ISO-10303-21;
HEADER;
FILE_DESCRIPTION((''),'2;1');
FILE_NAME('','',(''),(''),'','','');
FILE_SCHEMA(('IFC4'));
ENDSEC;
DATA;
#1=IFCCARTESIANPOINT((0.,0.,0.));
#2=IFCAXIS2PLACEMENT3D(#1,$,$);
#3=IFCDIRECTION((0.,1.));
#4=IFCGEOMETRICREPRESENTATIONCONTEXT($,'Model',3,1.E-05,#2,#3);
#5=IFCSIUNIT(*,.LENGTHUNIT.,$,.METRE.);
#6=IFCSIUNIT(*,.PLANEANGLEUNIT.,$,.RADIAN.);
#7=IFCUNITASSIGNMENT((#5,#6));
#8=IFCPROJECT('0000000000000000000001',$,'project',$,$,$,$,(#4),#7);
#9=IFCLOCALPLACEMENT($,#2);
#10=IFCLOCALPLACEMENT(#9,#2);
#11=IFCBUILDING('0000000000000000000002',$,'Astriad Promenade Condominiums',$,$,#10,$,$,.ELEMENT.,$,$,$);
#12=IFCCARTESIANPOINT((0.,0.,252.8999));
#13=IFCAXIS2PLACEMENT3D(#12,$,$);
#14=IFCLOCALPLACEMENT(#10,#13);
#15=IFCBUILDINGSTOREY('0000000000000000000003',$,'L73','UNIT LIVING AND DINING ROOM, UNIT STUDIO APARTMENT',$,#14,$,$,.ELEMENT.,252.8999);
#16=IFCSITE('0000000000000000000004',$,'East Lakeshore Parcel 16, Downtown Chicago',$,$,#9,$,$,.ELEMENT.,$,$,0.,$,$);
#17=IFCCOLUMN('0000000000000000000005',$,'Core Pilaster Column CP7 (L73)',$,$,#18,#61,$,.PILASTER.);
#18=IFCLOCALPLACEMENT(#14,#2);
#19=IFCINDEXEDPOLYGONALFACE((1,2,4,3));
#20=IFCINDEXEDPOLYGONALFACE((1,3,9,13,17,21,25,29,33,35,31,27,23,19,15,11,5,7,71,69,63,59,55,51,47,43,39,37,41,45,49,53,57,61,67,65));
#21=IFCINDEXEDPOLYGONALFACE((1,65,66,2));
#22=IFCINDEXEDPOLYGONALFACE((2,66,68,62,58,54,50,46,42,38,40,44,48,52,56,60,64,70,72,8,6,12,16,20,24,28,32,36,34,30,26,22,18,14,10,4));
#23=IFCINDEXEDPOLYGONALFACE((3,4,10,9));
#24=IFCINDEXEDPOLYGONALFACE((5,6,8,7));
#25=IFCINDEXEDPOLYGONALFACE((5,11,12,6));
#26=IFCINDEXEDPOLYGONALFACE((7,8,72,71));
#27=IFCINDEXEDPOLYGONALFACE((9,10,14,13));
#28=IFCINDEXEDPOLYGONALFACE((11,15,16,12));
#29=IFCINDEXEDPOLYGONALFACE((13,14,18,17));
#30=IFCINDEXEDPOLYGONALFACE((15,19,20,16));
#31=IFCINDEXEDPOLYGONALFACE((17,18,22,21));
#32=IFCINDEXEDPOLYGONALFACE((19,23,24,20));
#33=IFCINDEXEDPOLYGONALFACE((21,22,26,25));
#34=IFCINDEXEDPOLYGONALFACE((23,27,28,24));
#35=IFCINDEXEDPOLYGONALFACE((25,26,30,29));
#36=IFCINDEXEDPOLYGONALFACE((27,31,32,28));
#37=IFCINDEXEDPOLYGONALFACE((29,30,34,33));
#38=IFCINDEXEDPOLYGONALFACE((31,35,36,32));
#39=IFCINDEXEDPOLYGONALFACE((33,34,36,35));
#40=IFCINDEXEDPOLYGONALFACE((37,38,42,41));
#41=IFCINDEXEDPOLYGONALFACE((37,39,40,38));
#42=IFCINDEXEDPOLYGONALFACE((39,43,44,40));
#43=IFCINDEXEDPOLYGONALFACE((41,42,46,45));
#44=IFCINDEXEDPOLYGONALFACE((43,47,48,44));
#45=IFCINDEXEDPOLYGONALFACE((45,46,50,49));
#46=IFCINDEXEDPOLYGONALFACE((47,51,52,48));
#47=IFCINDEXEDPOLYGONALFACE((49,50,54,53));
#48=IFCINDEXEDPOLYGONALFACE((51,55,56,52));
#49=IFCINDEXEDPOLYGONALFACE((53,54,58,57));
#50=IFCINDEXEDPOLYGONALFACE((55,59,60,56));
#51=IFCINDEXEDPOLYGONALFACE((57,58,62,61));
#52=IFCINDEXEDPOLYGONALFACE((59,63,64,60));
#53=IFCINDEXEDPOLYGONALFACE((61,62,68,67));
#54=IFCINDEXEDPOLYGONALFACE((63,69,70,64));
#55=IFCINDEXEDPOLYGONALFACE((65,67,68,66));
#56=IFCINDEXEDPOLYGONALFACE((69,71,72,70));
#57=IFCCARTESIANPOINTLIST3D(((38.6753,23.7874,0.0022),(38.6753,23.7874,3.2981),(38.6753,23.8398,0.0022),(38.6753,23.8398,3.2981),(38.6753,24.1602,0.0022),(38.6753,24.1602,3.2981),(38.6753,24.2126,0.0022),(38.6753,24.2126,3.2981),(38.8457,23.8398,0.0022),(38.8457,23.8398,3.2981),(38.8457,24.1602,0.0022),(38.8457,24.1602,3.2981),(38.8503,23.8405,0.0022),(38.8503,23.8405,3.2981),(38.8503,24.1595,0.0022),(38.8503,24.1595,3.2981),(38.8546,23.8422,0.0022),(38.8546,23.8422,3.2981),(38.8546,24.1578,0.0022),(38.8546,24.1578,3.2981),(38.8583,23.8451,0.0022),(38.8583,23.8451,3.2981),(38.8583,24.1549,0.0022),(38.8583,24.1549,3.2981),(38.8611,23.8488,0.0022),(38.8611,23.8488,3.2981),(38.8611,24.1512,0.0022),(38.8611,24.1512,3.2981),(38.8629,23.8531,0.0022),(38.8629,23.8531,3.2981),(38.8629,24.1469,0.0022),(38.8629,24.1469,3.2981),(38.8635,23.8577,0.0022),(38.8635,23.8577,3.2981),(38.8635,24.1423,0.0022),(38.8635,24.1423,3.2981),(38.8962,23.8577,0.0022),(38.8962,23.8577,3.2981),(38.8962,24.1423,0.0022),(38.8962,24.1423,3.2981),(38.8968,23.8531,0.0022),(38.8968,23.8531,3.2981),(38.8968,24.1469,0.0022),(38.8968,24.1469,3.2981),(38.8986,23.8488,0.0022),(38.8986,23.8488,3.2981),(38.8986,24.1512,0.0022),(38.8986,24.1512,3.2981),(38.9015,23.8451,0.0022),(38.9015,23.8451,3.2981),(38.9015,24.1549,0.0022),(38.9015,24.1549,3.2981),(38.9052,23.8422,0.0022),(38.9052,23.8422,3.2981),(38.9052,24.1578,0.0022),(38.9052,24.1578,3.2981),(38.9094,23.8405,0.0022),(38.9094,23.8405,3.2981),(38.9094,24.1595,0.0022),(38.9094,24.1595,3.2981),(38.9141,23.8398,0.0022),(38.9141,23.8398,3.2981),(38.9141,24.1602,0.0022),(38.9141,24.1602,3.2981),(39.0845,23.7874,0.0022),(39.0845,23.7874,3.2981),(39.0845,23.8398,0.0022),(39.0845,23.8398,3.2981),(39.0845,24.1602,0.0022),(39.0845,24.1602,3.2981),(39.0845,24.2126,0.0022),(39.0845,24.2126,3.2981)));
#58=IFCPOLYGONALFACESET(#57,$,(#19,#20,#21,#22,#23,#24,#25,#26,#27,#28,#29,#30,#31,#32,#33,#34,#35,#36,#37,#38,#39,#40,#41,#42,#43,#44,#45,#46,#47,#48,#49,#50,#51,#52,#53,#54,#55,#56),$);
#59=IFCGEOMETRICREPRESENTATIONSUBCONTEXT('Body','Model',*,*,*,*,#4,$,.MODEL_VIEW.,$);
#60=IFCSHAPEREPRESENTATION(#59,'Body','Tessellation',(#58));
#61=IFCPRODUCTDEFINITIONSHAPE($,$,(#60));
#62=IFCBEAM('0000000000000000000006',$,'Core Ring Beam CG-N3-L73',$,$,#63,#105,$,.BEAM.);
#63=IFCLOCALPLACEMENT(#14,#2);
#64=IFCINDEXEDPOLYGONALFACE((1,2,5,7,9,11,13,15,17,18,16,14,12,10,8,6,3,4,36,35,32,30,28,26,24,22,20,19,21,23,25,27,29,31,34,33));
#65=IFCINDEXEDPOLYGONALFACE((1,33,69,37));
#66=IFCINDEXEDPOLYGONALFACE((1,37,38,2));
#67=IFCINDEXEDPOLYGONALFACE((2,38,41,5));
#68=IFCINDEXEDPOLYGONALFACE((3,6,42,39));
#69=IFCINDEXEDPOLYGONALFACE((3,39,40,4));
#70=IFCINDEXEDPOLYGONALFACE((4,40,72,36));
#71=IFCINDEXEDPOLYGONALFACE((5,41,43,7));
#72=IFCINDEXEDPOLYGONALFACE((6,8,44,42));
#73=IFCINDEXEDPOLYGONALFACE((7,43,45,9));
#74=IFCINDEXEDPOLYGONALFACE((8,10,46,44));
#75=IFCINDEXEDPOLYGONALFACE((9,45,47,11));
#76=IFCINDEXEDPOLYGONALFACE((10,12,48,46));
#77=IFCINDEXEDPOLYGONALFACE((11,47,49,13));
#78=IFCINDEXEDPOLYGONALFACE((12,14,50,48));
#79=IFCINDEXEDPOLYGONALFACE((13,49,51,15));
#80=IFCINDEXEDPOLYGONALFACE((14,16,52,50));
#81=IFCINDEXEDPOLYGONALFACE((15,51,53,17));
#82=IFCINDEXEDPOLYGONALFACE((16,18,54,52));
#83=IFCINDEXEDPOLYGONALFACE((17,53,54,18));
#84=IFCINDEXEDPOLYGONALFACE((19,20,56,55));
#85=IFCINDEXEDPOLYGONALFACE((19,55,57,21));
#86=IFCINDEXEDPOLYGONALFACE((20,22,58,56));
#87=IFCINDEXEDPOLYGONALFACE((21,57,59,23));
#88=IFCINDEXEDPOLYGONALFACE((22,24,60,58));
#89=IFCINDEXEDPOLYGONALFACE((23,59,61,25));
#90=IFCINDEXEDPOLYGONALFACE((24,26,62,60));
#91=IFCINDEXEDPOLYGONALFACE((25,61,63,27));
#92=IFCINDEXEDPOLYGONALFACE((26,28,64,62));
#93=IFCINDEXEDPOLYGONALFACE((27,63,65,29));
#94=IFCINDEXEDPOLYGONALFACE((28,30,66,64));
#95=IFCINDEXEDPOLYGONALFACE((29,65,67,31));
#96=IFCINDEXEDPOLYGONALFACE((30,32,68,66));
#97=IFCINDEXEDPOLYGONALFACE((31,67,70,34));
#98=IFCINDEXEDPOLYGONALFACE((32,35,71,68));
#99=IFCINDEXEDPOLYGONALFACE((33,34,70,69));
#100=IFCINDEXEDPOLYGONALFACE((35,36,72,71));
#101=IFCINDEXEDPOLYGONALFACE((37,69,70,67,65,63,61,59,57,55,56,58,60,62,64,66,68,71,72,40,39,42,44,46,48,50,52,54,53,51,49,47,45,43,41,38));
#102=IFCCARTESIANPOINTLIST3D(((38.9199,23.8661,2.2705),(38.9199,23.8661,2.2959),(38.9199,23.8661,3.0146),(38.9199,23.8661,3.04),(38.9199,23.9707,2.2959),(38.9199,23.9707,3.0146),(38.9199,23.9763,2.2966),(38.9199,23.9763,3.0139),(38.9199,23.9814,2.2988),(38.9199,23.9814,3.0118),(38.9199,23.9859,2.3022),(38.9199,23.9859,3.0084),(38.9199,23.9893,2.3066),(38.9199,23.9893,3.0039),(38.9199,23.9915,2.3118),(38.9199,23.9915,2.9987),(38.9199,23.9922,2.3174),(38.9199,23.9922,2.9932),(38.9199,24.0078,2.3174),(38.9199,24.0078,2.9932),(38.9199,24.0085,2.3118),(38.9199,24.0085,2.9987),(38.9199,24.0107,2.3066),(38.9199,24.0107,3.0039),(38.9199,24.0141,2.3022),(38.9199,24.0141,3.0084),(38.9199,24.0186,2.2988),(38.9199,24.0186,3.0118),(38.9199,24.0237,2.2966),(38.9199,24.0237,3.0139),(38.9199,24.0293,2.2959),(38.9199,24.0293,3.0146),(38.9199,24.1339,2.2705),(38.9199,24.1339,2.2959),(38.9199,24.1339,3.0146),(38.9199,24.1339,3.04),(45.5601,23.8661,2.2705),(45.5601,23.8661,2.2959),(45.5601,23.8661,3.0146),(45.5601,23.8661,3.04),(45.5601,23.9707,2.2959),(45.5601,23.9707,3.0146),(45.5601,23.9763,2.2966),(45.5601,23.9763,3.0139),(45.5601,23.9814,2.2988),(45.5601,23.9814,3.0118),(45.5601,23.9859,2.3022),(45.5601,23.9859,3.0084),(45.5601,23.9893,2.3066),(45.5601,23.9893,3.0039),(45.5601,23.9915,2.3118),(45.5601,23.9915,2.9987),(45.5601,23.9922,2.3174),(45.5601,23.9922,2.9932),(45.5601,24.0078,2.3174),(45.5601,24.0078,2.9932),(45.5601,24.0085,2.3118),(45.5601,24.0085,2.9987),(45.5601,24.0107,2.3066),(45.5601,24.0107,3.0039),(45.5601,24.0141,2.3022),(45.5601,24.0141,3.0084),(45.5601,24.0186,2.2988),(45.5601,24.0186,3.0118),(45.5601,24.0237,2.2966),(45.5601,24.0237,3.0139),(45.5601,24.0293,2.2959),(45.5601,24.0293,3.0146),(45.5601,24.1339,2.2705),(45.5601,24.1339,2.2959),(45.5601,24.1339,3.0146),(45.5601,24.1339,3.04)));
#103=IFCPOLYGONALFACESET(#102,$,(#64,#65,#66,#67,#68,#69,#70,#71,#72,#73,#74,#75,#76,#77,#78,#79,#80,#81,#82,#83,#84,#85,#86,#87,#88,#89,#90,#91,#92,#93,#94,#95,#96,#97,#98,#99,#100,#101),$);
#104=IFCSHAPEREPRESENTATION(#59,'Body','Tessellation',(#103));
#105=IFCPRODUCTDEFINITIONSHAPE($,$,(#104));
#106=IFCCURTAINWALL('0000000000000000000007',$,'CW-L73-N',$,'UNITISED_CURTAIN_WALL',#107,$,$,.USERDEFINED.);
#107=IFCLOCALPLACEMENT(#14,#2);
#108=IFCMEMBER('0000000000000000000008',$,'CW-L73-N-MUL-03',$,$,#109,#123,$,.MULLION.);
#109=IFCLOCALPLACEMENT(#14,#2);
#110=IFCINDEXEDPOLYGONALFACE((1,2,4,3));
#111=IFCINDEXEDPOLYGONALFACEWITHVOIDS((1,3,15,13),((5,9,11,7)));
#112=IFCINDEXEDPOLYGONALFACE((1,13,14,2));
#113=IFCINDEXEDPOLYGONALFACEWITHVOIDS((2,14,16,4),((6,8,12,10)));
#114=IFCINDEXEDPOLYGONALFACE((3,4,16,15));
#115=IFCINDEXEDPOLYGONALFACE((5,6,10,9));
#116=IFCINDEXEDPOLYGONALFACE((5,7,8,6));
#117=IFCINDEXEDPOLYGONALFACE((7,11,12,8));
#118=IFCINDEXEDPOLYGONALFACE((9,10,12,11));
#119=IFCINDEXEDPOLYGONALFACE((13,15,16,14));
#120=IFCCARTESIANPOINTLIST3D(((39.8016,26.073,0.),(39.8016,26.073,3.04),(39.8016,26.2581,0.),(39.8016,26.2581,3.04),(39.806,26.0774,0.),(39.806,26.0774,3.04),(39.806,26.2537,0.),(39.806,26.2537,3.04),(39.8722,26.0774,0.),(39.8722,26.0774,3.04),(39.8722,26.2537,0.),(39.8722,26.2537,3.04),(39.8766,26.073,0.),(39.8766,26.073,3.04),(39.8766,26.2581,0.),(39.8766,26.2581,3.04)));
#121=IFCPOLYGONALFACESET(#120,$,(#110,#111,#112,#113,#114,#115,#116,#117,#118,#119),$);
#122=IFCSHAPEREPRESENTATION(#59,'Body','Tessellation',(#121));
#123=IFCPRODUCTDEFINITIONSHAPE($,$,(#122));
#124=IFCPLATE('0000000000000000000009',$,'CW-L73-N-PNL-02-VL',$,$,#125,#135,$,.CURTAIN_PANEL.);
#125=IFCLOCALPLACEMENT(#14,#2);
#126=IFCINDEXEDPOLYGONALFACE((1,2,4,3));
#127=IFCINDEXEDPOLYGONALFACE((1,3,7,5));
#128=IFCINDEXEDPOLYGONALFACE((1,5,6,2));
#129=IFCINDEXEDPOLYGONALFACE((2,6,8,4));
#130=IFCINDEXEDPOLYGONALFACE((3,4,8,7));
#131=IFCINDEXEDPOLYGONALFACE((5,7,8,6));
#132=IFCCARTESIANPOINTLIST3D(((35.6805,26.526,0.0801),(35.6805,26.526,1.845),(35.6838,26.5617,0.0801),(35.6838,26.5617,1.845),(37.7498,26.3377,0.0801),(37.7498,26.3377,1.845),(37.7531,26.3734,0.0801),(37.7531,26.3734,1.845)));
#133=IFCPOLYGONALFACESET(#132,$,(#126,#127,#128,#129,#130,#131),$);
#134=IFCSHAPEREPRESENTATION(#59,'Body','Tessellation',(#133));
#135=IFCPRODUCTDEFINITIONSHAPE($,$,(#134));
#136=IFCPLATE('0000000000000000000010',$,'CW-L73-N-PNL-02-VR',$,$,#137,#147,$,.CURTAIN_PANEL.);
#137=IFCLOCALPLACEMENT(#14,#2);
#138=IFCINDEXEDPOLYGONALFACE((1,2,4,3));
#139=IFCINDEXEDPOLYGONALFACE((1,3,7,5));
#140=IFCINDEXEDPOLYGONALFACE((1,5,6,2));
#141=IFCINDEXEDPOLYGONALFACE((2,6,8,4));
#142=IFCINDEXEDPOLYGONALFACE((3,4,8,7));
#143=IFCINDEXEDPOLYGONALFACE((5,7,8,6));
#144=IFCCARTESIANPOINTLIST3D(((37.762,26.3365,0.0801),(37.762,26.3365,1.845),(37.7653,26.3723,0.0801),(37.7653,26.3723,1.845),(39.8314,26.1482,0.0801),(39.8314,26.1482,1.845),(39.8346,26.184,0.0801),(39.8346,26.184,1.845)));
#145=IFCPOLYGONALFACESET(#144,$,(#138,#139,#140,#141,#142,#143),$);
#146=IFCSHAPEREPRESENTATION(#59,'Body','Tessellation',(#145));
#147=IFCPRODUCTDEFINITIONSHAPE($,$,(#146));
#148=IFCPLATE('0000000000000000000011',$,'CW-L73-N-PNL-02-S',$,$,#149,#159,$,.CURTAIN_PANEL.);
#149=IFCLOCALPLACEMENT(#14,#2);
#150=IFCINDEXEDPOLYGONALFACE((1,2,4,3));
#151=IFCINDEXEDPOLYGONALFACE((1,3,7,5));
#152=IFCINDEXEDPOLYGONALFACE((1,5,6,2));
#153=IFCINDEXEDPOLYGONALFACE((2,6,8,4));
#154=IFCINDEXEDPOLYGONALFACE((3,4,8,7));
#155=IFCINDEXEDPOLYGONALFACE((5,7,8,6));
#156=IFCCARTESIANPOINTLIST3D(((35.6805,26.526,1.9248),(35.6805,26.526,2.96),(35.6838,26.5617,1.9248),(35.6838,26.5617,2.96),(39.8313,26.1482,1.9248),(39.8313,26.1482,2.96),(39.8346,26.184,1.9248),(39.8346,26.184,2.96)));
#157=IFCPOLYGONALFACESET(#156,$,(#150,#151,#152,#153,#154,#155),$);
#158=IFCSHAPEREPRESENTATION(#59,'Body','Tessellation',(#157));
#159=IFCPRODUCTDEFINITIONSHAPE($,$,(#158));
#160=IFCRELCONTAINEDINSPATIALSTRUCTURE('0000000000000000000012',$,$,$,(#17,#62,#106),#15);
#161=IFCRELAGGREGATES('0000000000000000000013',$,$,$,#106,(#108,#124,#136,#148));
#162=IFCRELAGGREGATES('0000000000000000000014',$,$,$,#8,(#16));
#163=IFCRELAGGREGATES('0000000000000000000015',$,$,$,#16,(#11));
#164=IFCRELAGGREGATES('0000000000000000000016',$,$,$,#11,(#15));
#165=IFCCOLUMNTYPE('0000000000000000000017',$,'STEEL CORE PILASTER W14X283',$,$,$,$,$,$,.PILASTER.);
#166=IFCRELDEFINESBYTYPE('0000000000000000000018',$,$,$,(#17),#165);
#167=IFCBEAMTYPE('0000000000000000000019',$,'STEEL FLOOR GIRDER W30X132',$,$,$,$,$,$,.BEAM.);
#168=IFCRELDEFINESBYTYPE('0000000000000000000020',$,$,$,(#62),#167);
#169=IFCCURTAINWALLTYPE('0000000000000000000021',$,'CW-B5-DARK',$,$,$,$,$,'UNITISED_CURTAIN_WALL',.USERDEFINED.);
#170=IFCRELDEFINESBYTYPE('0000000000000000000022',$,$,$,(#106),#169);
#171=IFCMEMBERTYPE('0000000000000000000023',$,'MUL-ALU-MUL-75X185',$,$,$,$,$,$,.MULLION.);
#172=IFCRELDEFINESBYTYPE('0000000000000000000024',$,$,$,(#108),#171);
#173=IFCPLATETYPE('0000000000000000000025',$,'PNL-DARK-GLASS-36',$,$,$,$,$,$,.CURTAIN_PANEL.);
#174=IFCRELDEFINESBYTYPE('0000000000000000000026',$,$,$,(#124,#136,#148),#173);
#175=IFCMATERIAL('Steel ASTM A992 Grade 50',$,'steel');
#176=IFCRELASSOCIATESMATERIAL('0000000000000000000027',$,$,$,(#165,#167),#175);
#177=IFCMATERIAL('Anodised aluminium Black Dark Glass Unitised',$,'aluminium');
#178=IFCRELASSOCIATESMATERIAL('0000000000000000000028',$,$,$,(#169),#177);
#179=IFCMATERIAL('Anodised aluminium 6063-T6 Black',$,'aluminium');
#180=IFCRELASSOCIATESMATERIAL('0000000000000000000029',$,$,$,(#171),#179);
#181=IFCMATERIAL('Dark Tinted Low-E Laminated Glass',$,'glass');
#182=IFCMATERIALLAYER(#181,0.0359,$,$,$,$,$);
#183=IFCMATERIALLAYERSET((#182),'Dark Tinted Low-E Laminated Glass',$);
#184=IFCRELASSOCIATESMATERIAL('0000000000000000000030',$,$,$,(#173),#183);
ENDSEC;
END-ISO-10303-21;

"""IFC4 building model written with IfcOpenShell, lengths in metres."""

from ifc_helpers import new_model, si_unit, direction, frame, origin, origin_2d, place, context, subcontext, project, spatial, rectangle, hollow_rectangle, i_section, extrude, source, transform, mapped, material, layer, layer_set, material_profile, profile_set, type_object, type_shapes, element, aggregate, save


model = new_model("IFC4")

# Units and contexts
model_context = context("Model", 3, precision=1e-05, world=origin(), true_north=direction((0.0, 1.0)))
body_context = subcontext(model_context, "Body", "Model", "MODEL_VIEW")
ifc_project = project(units=[si_unit("LENGTHUNIT", "METRE"), si_unit("PLANEANGLEUNIT", "RADIAN")], contexts=[model_context])

# Site, building, storey
site_placement = place(None, origin())
site = spatial("IfcSite", under=ifc_project, at=site_placement, Name="East Lakeshore Parcel 16, Downtown Chicago", CompositionType="ELEMENT", RefElevation=0.0)
building_placement = place(site_placement, origin())
building = spatial("IfcBuilding", under=site, at=building_placement, Name="Astriad Promenade Condominiums", CompositionType="ELEMENT")
storey_placement = place(building_placement, frame((0.0, 0.0, 252.8999)))
storey = spatial("IfcBuildingStorey", under=building, at=storey_placement, Name="L73", Description="UNIT LIVING AND DINING ROOM, UNIT STUDIO APARTMENT", CompositionType="ELEMENT", Elevation=252.8999)

# Column
ifc_material_1 = material(Name="Steel ASTM A992 Grade 50", Category="steel")
ifc_material_profile_1 = material_profile(ifc_material_1, i_section(OverallWidth=0.4092, OverallDepth=0.4253, WebThickness=0.0327, FlangeThickness=0.0525, FilletRadius=0.0178, at=origin_2d()), Name="W14X283")
ifc_profile_set_1 = profile_set([ifc_material_profile_1], Name="Steel ASTM A992 Grade 50")
column_type = type_object("IfcColumnType", Name="STEEL CORE PILASTER W14X283", PredefinedType="PILASTER", material=ifc_profile_set_1)
shared_shape_1 = source(origin(), body_context, "Body", "SweptSolid", [
    extrude(i_section(OverallWidth=0.4092, OverallDepth=0.4253, WebThickness=0.0327, FlangeThickness=0.0525, FilletRadius=0.0178, at=origin_2d()), origin(), (0.0, 0.0, 1.0), 3.2959),
])
type_shapes(column_type, [shared_shape_1])
column_placement = place(storey_placement, frame((38.8799, 24.0, 0.0022), z_axis=(0.0, 0.0, 1.0), x_axis=(1.0, 0.0, 0.0)))
element("IfcColumn", 1, at=column_placement, inside=storey, type_object=column_type, Name="Core Pilaster Column CP7 (L73)", PredefinedType="PILASTER", context=body_context, shape_type="MappedRepresentation", body=[
    mapped(shared_shape_1, transform((0.0, 0.0, 0.0), scale=1.0)),
])

# Beam
ifc_material_profile_2 = material_profile(ifc_material_1, i_section(OverallWidth=0.2678, OverallDepth=0.7695, WebThickness=0.0156, FlangeThickness=0.0254, FilletRadius=0.0215, at=origin_2d()), Name="W30X132")
ifc_profile_set_2 = profile_set([ifc_material_profile_2], Name="Steel ASTM A992 Grade 50")
beam_type = type_object("IfcBeamType", Name="STEEL FLOOR GIRDER W30X132", PredefinedType="BEAM", material=ifc_profile_set_2)
shared_shape_2 = source(origin(), body_context, "Body", "SweptSolid", [
    extrude(i_section(OverallWidth=0.2678, OverallDepth=0.7695, WebThickness=0.0156, FlangeThickness=0.0254, FilletRadius=0.0215, at=origin_2d()), origin(), (0.0, 0.0, 1.0), 6.6401),
])
type_shapes(beam_type, [shared_shape_2])
beam_placement = place(storey_placement, frame((38.9199, 24.0, 2.6553), z_axis=(1.0, 0.0, 0.0), x_axis=(0.0, 1.0, 0.0)))
element("IfcBeam", 2, at=beam_placement, inside=storey, type_object=beam_type, Name="Core Ring Beam CG-N3-L73", PredefinedType="BEAM", context=body_context, shape_type="MappedRepresentation", body=[
    mapped(shared_shape_2, transform((0.0, 0.0, 0.0), scale=1.0)),
])

# Curtain wall, member, plates
ifc_material_2 = material(Name="Anodised aluminium Black Dark Glass Unitised", Category="aluminium")
curtain_wall_type = type_object("IfcCurtainWallType", Name="CW-B5-DARK", ElementType="UNITISED_CURTAIN_WALL", PredefinedType="USERDEFINED", material=ifc_material_2)
curtain_wall_placement = place(storey_placement, origin())
curtain_wall = element("IfcCurtainWall", 3, at=curtain_wall_placement, inside=storey, type_object=curtain_wall_type, Name="CW-L73-N", ObjectType="UNITISED_CURTAIN_WALL", PredefinedType="USERDEFINED")
ifc_material_3 = material(Name="Anodised aluminium 6063-T6 Black", Category="aluminium")
ifc_material_profile_3 = material_profile(ifc_material_3, hollow_rectangle(XDim=0.075, YDim=0.1851, WallThickness=0.0044, at=origin_2d()), Name="ALU-MUL-75X185")
ifc_profile_set_3 = profile_set([ifc_material_profile_3], Name="Anodised aluminium 6063-T6 Black")
member_type = type_object("IfcMemberType", Name="MUL-ALU-MUL-75X185", PredefinedType="MULLION", material=ifc_profile_set_3)
shared_shape_3 = source(origin(), body_context, "Body", "SweptSolid", [
    extrude(hollow_rectangle(XDim=0.075, YDim=0.1851, WallThickness=0.0044, at=origin_2d()), origin(), (0.0, 0.0, 1.0), 3.04),
])
type_shapes(member_type, [shared_shape_3])
member_placement = place(storey_placement, frame((39.8391, 26.1655, 0.0), z_axis=(0.0, 0.0, 1.0), x_axis=(1.0, 0.0, 0.0)))
member = element("IfcMember", 4, at=member_placement, type_object=member_type, Name="CW-L73-N-MUL-03", PredefinedType="MULLION", context=body_context, shape_type="MappedRepresentation", body=[
    mapped(shared_shape_3, transform((0.0, 0.0, 0.0), scale=1.0)),
])
ifc_material_4 = material(Name="Dark Tinted Low-E Laminated Glass", Category="glass")
ifc_layer_1 = layer(ifc_material_4, 0.0359)
ifc_layer_set_1 = layer_set([ifc_layer_1], Name="Dark Tinted Low-E Laminated Glass")
plate_type = type_object("IfcPlateType", Name="PNL-DARK-GLASS-36", PredefinedType="CURTAIN_PANEL", material=ifc_layer_set_1)
shared_shape_4 = source(origin(), body_context, "Body", "SweptSolid", [
    extrude(rectangle(XDim=2.0779, YDim=0.0359, at=origin_2d()), origin(), (0.0, 0.0, 1.0), 1.7649),
])
plate_1_placement = place(storey_placement, frame((36.7168, 26.4497, 0.0801), z_axis=(0.0, 0.0, 1.0), x_axis=(0.995884, -0.090633, 0.0)))
plate_1 = element("IfcPlate", 5, at=plate_1_placement, type_object=plate_type, Name="CW-L73-N-PNL-02-VL", PredefinedType="CURTAIN_PANEL", context=body_context, shape_type="MappedRepresentation", body=[
    mapped(shared_shape_4, transform((0.0, 0.0, 0.0), scale=1.0)),
])
plate_2_placement = place(storey_placement, frame((38.7983, 26.2603, 0.0801), z_axis=(0.0, 0.0, 1.0), x_axis=(0.995884, -0.090633, 0.0)))
plate_2 = element("IfcPlate", 6, at=plate_2_placement, type_object=plate_type, Name="CW-L73-N-PNL-02-VR", PredefinedType="CURTAIN_PANEL", context=body_context, shape_type="MappedRepresentation", body=[
    mapped(shared_shape_4, transform((0.0, 0.0, 0.0), scale=1.0)),
])
shared_shape_5 = source(origin(), body_context, "Body", "SweptSolid", [
    extrude(rectangle(XDim=4.168, YDim=0.0359, at=origin_2d()), origin(), (0.0, 0.0, 1.0), 1.0352),
])
type_shapes(plate_type, [shared_shape_4, shared_shape_5])
plate_3_placement = place(storey_placement, frame((37.7576, 26.355, 1.9248), z_axis=(0.0, 0.0, 1.0), x_axis=(0.995884, -0.090633, 0.0)))
plate_3 = element("IfcPlate", 7, at=plate_3_placement, type_object=plate_type, Name="CW-L73-N-PNL-02-S", PredefinedType="CURTAIN_PANEL", context=body_context, shape_type="MappedRepresentation", body=[
    mapped(shared_shape_5, transform((0.0, 0.0, 0.0), scale=1.0)),
])
aggregate(curtain_wall, [member, plate_1, plate_2, plate_3])

save(model, "model.ifc")
